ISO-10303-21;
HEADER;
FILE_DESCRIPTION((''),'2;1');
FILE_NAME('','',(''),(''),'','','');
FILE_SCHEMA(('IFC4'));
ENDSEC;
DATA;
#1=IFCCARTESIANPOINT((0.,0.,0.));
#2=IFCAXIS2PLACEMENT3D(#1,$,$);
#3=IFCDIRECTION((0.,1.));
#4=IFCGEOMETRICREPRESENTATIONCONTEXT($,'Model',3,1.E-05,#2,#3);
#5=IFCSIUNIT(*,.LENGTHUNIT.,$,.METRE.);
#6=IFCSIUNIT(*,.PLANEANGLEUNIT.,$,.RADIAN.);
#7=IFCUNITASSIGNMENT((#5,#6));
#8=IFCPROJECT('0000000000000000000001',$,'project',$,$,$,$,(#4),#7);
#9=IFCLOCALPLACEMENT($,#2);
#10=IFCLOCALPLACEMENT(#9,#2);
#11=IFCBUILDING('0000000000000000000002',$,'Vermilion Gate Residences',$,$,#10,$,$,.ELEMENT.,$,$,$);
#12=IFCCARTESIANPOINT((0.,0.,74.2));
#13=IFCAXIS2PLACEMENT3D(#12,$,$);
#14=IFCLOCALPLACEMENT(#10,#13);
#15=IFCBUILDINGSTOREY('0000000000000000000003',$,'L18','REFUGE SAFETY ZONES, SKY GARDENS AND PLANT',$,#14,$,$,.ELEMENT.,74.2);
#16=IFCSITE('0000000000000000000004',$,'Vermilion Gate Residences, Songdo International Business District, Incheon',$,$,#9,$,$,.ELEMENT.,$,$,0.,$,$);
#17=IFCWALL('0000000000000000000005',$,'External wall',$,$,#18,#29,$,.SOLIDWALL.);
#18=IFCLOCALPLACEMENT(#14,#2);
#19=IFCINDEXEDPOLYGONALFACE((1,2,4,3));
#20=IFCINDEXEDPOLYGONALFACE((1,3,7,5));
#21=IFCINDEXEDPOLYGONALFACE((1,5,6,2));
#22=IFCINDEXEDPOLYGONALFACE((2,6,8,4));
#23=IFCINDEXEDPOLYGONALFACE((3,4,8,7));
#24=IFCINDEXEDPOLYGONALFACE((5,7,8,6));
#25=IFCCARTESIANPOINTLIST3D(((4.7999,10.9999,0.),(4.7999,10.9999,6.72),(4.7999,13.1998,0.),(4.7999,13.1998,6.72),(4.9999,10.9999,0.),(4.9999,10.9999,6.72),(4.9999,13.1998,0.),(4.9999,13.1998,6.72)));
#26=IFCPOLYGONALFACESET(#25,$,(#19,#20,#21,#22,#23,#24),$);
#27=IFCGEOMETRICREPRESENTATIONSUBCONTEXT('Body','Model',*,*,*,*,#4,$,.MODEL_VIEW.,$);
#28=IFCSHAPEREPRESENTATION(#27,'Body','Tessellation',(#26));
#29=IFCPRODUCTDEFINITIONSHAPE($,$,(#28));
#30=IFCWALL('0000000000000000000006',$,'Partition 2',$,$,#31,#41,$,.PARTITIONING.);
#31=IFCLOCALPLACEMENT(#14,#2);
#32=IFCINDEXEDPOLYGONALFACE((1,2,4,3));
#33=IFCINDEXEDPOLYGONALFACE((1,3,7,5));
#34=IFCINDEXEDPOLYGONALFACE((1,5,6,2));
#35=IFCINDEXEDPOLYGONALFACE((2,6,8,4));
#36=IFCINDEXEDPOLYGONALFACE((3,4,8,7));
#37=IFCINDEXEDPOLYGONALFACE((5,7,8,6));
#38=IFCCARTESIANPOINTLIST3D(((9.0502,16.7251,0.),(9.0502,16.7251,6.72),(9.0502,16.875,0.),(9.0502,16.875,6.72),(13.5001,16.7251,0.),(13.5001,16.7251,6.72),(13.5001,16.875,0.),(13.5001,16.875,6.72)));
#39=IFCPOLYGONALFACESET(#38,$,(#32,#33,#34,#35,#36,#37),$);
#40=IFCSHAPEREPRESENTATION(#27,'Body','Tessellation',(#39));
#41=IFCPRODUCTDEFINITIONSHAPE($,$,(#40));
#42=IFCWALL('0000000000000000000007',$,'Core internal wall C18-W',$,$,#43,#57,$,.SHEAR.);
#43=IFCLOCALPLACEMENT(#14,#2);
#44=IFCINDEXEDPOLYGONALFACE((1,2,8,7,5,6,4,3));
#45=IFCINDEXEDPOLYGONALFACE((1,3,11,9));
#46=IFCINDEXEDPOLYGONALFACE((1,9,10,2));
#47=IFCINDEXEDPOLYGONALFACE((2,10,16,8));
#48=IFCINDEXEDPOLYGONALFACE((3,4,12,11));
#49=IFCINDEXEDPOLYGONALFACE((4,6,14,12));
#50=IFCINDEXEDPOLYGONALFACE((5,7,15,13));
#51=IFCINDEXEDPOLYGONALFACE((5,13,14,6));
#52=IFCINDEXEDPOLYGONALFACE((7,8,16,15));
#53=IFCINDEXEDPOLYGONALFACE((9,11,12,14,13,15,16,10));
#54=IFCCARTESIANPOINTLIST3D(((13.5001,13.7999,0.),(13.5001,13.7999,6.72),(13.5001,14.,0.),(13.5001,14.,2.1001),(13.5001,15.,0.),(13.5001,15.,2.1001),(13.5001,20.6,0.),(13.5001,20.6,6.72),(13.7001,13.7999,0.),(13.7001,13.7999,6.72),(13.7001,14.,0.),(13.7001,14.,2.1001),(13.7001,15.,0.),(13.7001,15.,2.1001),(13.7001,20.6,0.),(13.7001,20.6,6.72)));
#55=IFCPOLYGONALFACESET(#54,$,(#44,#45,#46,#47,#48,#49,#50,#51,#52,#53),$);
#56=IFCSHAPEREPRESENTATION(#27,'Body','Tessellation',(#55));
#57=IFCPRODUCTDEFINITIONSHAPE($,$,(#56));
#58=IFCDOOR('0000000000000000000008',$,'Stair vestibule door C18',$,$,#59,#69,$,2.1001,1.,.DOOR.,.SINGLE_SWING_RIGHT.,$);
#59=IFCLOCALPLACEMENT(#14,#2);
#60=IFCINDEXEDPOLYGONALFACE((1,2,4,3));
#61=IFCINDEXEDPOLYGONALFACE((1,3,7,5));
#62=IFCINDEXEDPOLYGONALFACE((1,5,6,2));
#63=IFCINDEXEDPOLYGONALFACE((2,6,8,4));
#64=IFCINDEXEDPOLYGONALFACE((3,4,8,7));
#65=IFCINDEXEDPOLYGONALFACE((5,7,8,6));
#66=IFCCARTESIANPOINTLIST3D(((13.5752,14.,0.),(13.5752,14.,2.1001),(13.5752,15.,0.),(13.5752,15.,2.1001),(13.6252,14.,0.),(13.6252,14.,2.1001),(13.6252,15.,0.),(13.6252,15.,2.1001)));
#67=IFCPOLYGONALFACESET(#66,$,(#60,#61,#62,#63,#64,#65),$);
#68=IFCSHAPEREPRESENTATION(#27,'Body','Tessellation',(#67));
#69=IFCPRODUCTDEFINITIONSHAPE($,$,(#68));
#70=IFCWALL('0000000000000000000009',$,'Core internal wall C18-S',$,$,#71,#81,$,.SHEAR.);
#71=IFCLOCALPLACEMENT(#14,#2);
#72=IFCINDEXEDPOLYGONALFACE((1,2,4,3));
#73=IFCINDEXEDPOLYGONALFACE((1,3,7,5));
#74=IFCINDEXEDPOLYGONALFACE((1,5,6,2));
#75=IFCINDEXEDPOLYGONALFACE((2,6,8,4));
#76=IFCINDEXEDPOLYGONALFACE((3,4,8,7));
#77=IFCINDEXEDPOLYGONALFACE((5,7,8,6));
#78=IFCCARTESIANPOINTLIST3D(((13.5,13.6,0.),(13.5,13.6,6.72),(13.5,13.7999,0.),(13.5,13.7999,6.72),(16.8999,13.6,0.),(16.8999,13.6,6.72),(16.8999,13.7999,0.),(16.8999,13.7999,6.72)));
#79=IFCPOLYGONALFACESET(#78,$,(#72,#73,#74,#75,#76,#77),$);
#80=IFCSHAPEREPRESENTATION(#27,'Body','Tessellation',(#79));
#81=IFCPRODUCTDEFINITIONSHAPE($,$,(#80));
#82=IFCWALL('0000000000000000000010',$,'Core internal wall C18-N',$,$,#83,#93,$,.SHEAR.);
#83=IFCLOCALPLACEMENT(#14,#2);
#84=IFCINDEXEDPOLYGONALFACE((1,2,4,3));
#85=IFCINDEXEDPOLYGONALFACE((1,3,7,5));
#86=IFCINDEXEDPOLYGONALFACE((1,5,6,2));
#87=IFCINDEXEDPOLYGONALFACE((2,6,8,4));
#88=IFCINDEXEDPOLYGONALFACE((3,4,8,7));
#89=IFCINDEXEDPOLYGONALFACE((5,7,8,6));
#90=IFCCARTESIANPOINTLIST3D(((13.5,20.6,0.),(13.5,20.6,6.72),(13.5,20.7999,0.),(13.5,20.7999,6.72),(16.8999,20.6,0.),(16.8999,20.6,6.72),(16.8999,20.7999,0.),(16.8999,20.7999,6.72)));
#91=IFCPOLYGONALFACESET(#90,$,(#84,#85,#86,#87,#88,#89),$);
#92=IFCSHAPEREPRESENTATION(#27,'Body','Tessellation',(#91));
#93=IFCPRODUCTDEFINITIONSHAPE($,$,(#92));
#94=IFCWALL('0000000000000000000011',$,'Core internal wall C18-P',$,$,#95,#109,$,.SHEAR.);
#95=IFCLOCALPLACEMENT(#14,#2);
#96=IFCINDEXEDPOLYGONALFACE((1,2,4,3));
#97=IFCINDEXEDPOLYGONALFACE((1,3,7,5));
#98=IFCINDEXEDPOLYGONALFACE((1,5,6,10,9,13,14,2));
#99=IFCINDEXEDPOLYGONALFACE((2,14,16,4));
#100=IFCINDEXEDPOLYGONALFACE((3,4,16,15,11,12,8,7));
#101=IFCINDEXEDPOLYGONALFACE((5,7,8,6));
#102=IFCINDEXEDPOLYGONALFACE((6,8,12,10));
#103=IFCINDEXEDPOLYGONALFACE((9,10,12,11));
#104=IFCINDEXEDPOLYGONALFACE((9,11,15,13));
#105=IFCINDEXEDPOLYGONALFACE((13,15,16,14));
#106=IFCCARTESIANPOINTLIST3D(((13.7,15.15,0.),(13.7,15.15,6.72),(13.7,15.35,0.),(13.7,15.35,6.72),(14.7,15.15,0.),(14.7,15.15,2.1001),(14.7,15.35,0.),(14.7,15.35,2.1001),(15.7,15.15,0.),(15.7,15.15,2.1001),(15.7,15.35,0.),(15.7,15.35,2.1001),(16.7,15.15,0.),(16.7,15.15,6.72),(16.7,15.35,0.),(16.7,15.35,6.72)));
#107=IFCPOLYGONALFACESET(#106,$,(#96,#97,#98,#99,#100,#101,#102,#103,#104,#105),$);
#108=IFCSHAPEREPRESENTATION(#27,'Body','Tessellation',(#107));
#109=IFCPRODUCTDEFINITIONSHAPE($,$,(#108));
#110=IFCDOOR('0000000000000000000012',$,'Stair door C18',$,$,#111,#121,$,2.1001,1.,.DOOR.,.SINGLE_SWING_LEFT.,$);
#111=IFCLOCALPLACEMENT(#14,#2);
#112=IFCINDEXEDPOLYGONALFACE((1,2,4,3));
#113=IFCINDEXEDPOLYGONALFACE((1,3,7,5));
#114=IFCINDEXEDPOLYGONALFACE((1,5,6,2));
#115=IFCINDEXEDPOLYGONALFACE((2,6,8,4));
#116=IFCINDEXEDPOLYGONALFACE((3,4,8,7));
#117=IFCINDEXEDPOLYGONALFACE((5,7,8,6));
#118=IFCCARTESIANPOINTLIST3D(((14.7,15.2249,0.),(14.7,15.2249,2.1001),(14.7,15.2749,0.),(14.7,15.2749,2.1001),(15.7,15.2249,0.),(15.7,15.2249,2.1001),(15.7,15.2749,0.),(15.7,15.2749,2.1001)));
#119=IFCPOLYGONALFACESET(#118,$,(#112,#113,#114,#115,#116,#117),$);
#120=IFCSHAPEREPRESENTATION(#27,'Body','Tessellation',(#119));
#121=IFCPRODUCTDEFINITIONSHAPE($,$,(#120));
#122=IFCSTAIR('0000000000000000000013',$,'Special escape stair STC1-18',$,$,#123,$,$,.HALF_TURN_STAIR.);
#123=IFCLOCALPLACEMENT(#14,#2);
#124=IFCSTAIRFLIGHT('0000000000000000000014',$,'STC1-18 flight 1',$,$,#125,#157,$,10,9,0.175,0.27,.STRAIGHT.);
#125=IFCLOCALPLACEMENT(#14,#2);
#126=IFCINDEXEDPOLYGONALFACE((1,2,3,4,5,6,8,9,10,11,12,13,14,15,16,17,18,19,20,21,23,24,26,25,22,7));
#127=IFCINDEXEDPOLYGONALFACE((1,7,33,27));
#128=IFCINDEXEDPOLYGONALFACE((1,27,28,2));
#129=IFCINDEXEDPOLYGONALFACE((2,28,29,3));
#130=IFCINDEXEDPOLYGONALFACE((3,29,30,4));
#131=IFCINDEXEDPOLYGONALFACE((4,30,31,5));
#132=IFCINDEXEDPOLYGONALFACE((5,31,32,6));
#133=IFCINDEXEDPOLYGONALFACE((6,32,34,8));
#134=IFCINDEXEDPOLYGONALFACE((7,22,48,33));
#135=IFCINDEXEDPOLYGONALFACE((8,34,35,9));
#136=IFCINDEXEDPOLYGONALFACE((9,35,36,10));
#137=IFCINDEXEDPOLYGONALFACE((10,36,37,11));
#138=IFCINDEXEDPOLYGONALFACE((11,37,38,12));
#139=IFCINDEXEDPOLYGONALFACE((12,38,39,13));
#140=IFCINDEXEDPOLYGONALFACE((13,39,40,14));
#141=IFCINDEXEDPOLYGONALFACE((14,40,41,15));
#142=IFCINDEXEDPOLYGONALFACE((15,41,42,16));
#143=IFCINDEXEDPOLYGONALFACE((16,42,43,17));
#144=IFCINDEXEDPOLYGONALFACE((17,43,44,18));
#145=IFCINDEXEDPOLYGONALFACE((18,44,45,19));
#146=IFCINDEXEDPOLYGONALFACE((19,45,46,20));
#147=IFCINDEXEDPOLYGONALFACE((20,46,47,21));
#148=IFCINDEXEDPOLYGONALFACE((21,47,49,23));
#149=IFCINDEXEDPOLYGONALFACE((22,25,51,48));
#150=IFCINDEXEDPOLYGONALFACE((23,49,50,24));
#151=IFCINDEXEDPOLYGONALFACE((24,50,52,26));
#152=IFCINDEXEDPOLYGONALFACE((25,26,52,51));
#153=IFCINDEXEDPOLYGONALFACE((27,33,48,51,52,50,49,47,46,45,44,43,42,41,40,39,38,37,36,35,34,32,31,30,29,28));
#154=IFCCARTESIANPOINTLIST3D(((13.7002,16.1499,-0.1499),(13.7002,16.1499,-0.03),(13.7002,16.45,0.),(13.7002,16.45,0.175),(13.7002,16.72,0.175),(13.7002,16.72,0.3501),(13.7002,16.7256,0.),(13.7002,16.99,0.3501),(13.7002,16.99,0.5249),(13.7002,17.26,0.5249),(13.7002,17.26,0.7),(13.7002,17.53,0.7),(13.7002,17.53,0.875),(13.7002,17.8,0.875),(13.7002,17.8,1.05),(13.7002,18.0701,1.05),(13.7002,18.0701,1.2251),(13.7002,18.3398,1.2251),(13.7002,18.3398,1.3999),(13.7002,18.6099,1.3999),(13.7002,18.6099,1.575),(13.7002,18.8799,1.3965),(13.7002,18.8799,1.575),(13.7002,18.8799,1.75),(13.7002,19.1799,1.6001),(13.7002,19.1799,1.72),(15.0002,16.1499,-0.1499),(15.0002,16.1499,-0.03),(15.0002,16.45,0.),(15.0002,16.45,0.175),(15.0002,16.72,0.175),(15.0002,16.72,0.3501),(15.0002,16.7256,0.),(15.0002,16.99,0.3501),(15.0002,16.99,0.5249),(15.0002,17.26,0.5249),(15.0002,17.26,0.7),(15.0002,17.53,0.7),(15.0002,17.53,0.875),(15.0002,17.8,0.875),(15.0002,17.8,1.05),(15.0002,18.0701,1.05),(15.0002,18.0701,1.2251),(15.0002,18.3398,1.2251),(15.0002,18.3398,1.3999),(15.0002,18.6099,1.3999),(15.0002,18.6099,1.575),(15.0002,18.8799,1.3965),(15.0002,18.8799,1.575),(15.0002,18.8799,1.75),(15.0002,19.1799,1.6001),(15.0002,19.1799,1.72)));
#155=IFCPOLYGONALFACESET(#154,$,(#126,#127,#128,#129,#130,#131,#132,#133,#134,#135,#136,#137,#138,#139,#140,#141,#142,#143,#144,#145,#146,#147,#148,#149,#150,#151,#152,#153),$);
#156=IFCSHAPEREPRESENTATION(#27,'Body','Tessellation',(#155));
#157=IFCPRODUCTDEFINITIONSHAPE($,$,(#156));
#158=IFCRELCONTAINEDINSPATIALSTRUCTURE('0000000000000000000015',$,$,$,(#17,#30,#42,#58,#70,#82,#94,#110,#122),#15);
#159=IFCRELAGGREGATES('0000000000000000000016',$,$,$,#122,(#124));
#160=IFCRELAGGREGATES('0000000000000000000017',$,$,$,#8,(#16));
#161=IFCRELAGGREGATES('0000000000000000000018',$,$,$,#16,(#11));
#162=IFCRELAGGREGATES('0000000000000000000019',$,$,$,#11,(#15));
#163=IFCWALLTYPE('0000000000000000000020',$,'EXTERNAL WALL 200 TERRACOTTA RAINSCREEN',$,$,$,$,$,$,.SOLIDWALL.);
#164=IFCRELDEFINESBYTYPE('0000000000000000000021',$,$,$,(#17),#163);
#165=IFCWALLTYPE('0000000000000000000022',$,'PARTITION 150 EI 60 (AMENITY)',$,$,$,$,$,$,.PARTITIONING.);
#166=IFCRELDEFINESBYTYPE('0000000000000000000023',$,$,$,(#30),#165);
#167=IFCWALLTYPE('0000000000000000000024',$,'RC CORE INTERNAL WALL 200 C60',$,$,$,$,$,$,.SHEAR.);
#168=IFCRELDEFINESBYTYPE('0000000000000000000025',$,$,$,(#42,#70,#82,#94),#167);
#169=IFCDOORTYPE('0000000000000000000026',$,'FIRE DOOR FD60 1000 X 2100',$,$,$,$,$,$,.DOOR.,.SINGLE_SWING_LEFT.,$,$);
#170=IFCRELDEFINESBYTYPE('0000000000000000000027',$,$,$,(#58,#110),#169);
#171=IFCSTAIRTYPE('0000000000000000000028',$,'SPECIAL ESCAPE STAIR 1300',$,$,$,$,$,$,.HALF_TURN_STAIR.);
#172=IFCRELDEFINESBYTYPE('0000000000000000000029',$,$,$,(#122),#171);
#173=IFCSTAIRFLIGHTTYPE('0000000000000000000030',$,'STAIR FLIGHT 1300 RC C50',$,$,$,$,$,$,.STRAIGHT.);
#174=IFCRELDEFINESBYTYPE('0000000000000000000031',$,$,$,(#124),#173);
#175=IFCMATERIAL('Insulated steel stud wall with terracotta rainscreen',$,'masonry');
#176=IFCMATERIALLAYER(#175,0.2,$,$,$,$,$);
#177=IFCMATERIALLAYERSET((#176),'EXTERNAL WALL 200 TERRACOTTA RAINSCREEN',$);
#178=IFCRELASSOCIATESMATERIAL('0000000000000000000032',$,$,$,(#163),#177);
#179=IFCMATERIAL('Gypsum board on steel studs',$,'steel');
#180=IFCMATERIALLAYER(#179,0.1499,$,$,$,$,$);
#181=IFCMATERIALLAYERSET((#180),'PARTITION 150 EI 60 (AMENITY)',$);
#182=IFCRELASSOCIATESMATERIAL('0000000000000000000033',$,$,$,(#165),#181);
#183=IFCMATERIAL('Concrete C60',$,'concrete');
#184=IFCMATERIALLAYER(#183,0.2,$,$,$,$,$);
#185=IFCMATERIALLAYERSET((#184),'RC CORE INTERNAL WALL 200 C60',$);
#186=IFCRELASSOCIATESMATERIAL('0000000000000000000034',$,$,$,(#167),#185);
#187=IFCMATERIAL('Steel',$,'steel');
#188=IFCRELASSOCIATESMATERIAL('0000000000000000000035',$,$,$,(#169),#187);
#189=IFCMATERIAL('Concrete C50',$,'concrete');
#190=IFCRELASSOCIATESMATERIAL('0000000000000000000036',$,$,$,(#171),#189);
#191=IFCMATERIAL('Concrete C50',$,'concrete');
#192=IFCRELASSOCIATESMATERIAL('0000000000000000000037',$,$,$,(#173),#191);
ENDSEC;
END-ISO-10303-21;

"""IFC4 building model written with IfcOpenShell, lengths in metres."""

from ifc_helpers import new_model, si_unit, direction, frame, frame_2d, origin, place, context, subcontext, project, spatial, polyline, rectangle, outline, extrude, material, layer, layer_set, type_object, element, fill, aggregate, save


model = new_model("IFC4")

# Units and contexts
model_context = context("Model", 3, precision=1e-05, world=origin(), true_north=direction((0.0, 1.0)))
body_context = subcontext(model_context, "Body", "Model", "MODEL_VIEW")
ifc_project = project(units=[si_unit("LENGTHUNIT", "METRE"), si_unit("PLANEANGLEUNIT", "RADIAN")], contexts=[model_context])

# Site, building, storey
site_placement = place(None, origin())
site = spatial("IfcSite", under=ifc_project, at=site_placement, Name="Vermilion Gate Residences, Songdo International Business District, Incheon", CompositionType="ELEMENT", RefElevation=0.0)
building_placement = place(site_placement, origin())
building = spatial("IfcBuilding", under=site, at=building_placement, Name="Vermilion Gate Residences", CompositionType="ELEMENT")
storey_placement = place(building_placement, frame((0.0, 0.0, 74.2)))
storey = spatial("IfcBuildingStorey", under=building, at=storey_placement, Name="L18", Description="REFUGE SAFETY ZONES, SKY GARDENS AND PLANT", CompositionType="ELEMENT", Elevation=74.2)

# Wall
ifc_material_1 = material(Name="Insulated steel stud wall with terracotta rainscreen", Category="masonry")
ifc_layer_1 = layer(ifc_material_1, 0.2)
ifc_layer_set_1 = layer_set([ifc_layer_1], Name="EXTERNAL WALL 200 TERRACOTTA RAINSCREEN")
wall_type_1 = type_object("IfcWallType", Name="EXTERNAL WALL 200 TERRACOTTA RAINSCREEN", PredefinedType="SOLIDWALL", material=ifc_layer_set_1)
wall_1_placement = place(storey_placement, frame((4.8999, 13.2, 0.0), z_axis=(0.0, 0.0, 1.0), x_axis=(0.0, -1.0, 0.0)))
element("IfcWall", 1, at=wall_1_placement, inside=storey, type_object=wall_type_1, Name="External wall", PredefinedType="SOLIDWALL", context=body_context, shape_type="SweptSolid", body=[
    extrude(rectangle(XDim=2.2, YDim=0.2, at=frame_2d((1.1001, 0.0))), origin(), (0.0, 0.0, 1.0), 6.72),
])

# Wall
ifc_material_2 = material(Name="Gypsum board on steel studs", Category="steel")
ifc_layer_2 = layer(ifc_material_2, 0.1499)
ifc_layer_set_2 = layer_set([ifc_layer_2], Name="PARTITION 150 EI 60 (AMENITY)")
wall_type_2 = type_object("IfcWallType", Name="PARTITION 150 EI 60 (AMENITY)", PredefinedType="PARTITIONING", material=ifc_layer_set_2)
wall_2_placement = place(storey_placement, frame((9.05, 16.8, 0.0), z_axis=(0.0, 0.0, 1.0), x_axis=(1.0, 0.0, 0.0)))
element("IfcWall", 2, at=wall_2_placement, inside=storey, type_object=wall_type_2, Name="Partition 2", PredefinedType="PARTITIONING", context=body_context, shape_type="SweptSolid", body=[
    extrude(rectangle(XDim=4.45, YDim=0.1499, at=frame_2d((2.2251, 0.0))), origin(), (0.0, 0.0, 1.0), 6.72),
])

# Wall, opening, door
ifc_material_3 = material(Name="Concrete C60", Category="concrete")
ifc_layer_3 = layer(ifc_material_3, 0.2)
ifc_layer_set_3 = layer_set([ifc_layer_3], Name="RC CORE INTERNAL WALL 200 C60")
wall_type_3 = type_object("IfcWallType", Name="RC CORE INTERNAL WALL 200 C60", PredefinedType="SHEAR", material=ifc_layer_set_3)
wall_3_placement = place(storey_placement, frame((13.6001, 13.8, 0.0), z_axis=(0.0, 0.0, 1.0), x_axis=(0.0, 1.0, 0.0)))
wall_3 = element("IfcWall", 3, at=wall_3_placement, inside=storey, type_object=wall_type_3, Name="Core internal wall C18-W", PredefinedType="SHEAR", context=body_context, shape_type="SweptSolid", body=[
    extrude(rectangle(XDim=6.8, YDim=0.2, at=frame_2d((3.3999, 0.0))), origin(), (0.0, 0.0, 1.0), 6.72),
])
opening_1_placement = place(wall_3_placement, frame((0.2, 0.0, 0.0)))
opening_1 = element("IfcOpeningElement", 4, at=opening_1_placement, cuts=wall_3, PredefinedType="OPENING", context=body_context, shape_type="SweptSolid", body=[
    extrude(rectangle(XDim=1.0, YDim=2.1001, at=frame_2d((0.5, 1.05))), frame((0.0, 0.1099, 0.0), z_axis=(0.0, -1.0, 0.0), x_axis=(1.0, 0.0, 0.0)), (0.0, 0.0, 1.0), 0.22),
])
ifc_material_4 = material(Name="Steel", Category="steel")
door_type_1 = type_object("IfcDoorType", Name="FIRE DOOR FD60 1000 X 2100", OperationType="SINGLE_SWING_LEFT", PredefinedType="DOOR", material=ifc_material_4)
door_1_placement = place(opening_1_placement, origin())
door_1 = element("IfcDoor", 5, at=door_1_placement, inside=storey, type_object=door_type_1, Name="Stair vestibule door C18", OperationType="SINGLE_SWING_RIGHT", OverallHeight=2.1001, OverallWidth=1.0, PredefinedType="DOOR", context=body_context, shape_type="SweptSolid", body=[
    extrude(rectangle(XDim=1.0, YDim=2.1001, at=frame_2d((0.5, 1.05))), frame((0.0, 0.0249, 0.0), z_axis=(0.0, -1.0, 0.0), x_axis=(1.0, 0.0, 0.0)), (0.0, 0.0, 1.0), 0.05),
])
fill(opening_1, door_1)

# Walls
for number, where, z_axis, x_axis, name in (
    (6, (13.5, 13.7, 0.0), (0.0, 0.0, 1.0), (1.0, 0.0, 0.0), "Core internal wall C18-S"),
    (7, (13.5, 20.7, 0.0), (0.0, 0.0, 1.0), (1.0, 0.0, 0.0), "Core internal wall C18-N"),
):
    element("IfcWall", number, at=place(storey_placement, frame(where, z_axis=z_axis, x_axis=x_axis)), inside=storey, type_object=wall_type_3, Name=name, PredefinedType="SHEAR", context=body_context, shape_type="SweptSolid", body=[
        extrude(rectangle(XDim=3.3999, YDim=0.2, at=frame_2d((1.7, 0.0))), origin(), (0.0, 0.0, 1.0), 6.72),
    ])

# Wall, opening, door
wall_4_placement = place(storey_placement, frame((13.7, 15.25, 0.0), z_axis=(0.0, 0.0, 1.0), x_axis=(1.0, 0.0, 0.0)))
wall_4 = element("IfcWall", 8, at=wall_4_placement, inside=storey, type_object=wall_type_3, Name="Core internal wall C18-P", PredefinedType="SHEAR", context=body_context, shape_type="SweptSolid", body=[
    extrude(rectangle(XDim=3.0, YDim=0.2, at=frame_2d((1.5, 0.0))), origin(), (0.0, 0.0, 1.0), 6.72),
])
opening_2_placement = place(wall_4_placement, frame((1.0, 0.0, 0.0)))
opening_2 = element("IfcOpeningElement", 9, at=opening_2_placement, cuts=wall_4, PredefinedType="OPENING", context=body_context, shape_type="SweptSolid", body=[
    extrude(rectangle(XDim=1.0, YDim=2.1001, at=frame_2d((0.5, 1.05))), frame((0.0, 0.1099, 0.0), z_axis=(0.0, -1.0, 0.0), x_axis=(1.0, 0.0, 0.0)), (0.0, 0.0, 1.0), 0.22),
])
door_2_placement = place(opening_2_placement, origin())
door_2 = element("IfcDoor", 10, at=door_2_placement, inside=storey, type_object=door_type_1, Name="Stair door C18", OperationType="SINGLE_SWING_LEFT", OverallHeight=2.1001, OverallWidth=1.0, PredefinedType="DOOR", context=body_context, shape_type="SweptSolid", body=[
    extrude(rectangle(XDim=1.0, YDim=2.1001, at=frame_2d((0.5, 1.05))), frame((0.0, 0.0249, 0.0), z_axis=(0.0, -1.0, 0.0), x_axis=(1.0, 0.0, 0.0)), (0.0, 0.0, 1.0), 0.05),
])
fill(opening_2, door_2)

# Stair, stair flight
ifc_material_5 = material(Name="Concrete C50", Category="concrete")
stair_type = type_object("IfcStairType", Name="SPECIAL ESCAPE STAIR 1300", PredefinedType="HALF_TURN_STAIR", material=ifc_material_5)
stair_placement = place(storey_placement, origin())
stair = element("IfcStair", 11, at=stair_placement, inside=storey, type_object=stair_type, Name="Special escape stair STC1-18", PredefinedType="HALF_TURN_STAIR")
ifc_material_6 = material(Name="Concrete C50", Category="concrete")
stair_flight_type = type_object("IfcStairFlightType", Name="STAIR FLIGHT 1300 RC C50", PredefinedType="STRAIGHT", material=ifc_material_6)
stair_flight_1_placement = place(storey_placement, frame((14.3501, 16.45, 0.0), z_axis=(0.0, 0.0, 1.0), x_axis=(0.0, 1.0, 0.0)))
stair_flight_1 = element("IfcStairFlight", 12, at=stair_flight_1_placement, type_object=stair_flight_type, Name="STC1-18 flight 1", NumberOfRisers=10, NumberOfTreads=9, PredefinedType="STRAIGHT", RiserHeight=0.175, TreadLength=0.27, context=body_context, shape_type="SweptSolid", body=[
    extrude(outline(polyline([(-0.3, -0.1499), (-0.3, -0.03), (0.0, 0.0), (0.0, 0.175), (0.27, 0.175), (0.27, 0.3501), (0.54, 0.3501), (0.54, 0.5249), (0.8101, 0.5249), (0.8101, 0.7), (1.0801, 0.7), (1.0801, 0.875), (1.3501, 0.875), (1.3501, 1.05), (1.6201, 1.05), (1.6201, 1.2251), (1.8899, 1.2251), (1.8899, 1.3999), (2.1599, 1.3999), (2.1599, 1.575), (2.4299, 1.575), (2.4299, 1.75), (2.73, 1.72), (2.73, 1.6001), (2.4299, 1.3965), (0.2756, 0.0), (-0.3, -0.1499)])), frame((0.0, 0.6499, 0.0), z_axis=(0.0, -1.0, 0.0), x_axis=(1.0, 0.0, 0.0)), (0.0, 0.0, 1.0), 1.3),
])
aggregate(stair, [stair_flight_1])

save(model, "model.ifc")
